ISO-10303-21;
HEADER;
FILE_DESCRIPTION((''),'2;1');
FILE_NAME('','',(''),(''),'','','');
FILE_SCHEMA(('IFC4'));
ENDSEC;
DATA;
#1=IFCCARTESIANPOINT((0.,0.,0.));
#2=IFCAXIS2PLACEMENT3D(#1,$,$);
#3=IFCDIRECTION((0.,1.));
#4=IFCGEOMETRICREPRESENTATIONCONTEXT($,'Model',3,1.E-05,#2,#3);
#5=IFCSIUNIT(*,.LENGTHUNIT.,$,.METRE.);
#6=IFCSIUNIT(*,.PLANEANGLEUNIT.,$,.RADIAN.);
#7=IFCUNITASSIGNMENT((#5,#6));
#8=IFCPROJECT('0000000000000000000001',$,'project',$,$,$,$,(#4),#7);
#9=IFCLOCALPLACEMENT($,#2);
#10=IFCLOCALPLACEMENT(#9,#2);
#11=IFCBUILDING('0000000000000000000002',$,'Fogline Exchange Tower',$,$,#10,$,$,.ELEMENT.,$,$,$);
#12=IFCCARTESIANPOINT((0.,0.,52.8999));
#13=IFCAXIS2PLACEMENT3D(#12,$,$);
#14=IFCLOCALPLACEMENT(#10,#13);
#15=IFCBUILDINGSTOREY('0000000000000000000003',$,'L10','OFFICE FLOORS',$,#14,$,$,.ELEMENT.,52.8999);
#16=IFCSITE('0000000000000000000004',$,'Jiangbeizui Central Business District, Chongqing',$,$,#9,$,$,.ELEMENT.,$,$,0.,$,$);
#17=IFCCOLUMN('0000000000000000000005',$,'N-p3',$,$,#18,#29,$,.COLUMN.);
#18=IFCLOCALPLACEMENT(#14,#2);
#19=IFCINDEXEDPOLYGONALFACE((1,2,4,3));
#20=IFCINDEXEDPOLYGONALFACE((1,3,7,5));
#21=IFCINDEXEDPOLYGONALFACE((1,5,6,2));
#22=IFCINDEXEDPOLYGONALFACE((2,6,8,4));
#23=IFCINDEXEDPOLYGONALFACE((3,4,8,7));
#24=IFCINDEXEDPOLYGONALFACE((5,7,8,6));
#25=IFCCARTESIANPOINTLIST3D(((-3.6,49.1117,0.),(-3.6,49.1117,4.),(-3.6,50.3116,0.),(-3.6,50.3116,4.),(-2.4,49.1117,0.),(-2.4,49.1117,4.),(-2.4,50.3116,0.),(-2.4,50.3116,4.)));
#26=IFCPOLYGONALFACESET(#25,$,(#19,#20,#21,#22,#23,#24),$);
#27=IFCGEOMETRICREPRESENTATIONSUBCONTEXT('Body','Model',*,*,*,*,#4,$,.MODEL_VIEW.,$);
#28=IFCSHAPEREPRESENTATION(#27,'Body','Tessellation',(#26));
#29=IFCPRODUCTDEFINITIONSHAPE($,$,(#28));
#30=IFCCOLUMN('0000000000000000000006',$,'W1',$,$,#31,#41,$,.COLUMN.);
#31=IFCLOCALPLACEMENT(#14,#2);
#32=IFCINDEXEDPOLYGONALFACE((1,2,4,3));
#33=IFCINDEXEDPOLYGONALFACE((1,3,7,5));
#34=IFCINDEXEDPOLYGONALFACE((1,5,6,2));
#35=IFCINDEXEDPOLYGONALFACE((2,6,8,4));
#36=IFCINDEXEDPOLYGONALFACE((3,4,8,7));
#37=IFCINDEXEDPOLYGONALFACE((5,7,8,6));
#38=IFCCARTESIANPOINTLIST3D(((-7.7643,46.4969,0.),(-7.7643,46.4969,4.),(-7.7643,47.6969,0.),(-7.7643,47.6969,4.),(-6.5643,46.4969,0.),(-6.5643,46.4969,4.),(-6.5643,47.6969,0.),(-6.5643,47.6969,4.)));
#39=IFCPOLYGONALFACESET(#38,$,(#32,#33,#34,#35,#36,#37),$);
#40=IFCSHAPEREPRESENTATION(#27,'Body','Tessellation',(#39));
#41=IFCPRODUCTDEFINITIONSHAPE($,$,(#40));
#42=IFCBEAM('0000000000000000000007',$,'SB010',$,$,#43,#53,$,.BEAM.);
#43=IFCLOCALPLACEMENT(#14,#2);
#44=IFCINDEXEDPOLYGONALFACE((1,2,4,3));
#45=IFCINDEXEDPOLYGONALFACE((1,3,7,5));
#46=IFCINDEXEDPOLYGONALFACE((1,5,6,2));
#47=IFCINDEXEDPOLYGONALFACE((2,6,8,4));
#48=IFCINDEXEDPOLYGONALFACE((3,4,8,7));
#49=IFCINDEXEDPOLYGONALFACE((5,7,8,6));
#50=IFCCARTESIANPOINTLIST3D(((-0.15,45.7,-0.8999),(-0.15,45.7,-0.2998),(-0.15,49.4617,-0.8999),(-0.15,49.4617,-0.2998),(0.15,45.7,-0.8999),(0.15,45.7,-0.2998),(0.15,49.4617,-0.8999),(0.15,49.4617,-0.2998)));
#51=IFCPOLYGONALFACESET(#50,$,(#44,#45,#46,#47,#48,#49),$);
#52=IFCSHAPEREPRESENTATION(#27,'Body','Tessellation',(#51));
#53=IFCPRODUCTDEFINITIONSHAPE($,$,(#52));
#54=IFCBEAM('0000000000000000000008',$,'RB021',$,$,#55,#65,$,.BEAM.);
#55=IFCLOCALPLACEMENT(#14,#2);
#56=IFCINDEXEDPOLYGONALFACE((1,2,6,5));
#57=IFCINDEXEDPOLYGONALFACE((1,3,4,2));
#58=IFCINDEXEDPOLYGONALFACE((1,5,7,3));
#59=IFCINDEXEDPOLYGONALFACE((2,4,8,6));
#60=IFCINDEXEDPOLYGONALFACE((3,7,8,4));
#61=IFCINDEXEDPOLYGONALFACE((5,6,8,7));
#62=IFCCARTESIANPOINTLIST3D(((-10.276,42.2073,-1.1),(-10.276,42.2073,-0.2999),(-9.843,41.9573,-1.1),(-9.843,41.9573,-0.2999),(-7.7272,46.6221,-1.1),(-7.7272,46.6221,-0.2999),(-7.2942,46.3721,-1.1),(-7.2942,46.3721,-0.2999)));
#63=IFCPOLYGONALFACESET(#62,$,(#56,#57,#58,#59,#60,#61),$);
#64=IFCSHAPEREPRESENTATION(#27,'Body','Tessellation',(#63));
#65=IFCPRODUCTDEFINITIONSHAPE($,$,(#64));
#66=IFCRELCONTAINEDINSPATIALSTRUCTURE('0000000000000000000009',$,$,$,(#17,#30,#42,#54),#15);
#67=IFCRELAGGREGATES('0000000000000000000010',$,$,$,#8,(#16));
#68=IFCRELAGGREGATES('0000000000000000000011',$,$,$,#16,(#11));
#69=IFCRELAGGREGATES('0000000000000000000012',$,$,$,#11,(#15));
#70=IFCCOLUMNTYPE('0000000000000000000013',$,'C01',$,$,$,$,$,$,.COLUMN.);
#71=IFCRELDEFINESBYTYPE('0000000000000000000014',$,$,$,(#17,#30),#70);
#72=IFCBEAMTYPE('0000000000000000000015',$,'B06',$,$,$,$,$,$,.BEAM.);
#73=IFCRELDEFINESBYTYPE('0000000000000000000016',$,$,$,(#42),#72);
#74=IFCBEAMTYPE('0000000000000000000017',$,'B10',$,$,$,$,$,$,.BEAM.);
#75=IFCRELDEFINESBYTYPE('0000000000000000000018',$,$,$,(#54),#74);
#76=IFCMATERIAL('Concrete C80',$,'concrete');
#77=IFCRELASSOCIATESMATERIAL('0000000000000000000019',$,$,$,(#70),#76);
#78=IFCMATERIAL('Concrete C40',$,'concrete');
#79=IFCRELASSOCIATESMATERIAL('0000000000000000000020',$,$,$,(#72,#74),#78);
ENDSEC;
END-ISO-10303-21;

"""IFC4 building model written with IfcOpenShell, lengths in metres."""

from ifc_helpers import new_model, si_unit, direction, frame, origin, origin_2d, place, context, subcontext, project, spatial, rectangle, extrude, material, material_profile, profile_set, type_object, element, save


model = new_model("IFC4")

# Units and contexts
model_context = context("Model", 3, precision=1e-05, world=origin(), true_north=direction((0.0, 1.0)))
body_context = subcontext(model_context, "Body", "Model", "MODEL_VIEW")
ifc_project = project(units=[si_unit("LENGTHUNIT", "METRE"), si_unit("PLANEANGLEUNIT", "RADIAN")], contexts=[model_context])

# Site, building, storey
site_placement = place(None, origin())
site = spatial("IfcSite", under=ifc_project, at=site_placement, Name="Jiangbeizui Central Business District, Chongqing", CompositionType="ELEMENT", RefElevation=0.0)
building_placement = place(site_placement, origin())
building = spatial("IfcBuilding", under=site, at=building_placement, Name="Fogline Exchange Tower", CompositionType="ELEMENT")
storey_placement = place(building_placement, frame((0.0, 0.0, 52.8999)))
storey = spatial("IfcBuildingStorey", under=building, at=storey_placement, Name="L10", Description="OFFICE FLOORS", CompositionType="ELEMENT", Elevation=52.8999)

# Columns
ifc_material_1 = material(Name="Concrete C80", Category="concrete")
ifc_material_profile_1 = material_profile(ifc_material_1, rectangle(XDim=1.2, YDim=1.2, at=origin_2d()), Name="RC 1200x1200")
ifc_profile_set_1 = profile_set([ifc_material_profile_1], Name="Concrete C80")
column_type = type_object("IfcColumnType", Name="C01", PredefinedType="COLUMN", material=ifc_profile_set_1)
for number, where, z_axis, x_axis, name in (
    (1, (-3.0, 49.7117, 0.0), (0.0, 0.0, 1.0), (1.0, 0.0, 0.0), "N-p3"),
    (2, (-7.1643, 47.0969, 0.0), (0.0, 0.0, 1.0), (1.0, 0.0, 0.0), "W1"),
):
    element("IfcColumn", number, at=place(storey_placement, frame(where, z_axis=z_axis, x_axis=x_axis)), inside=storey, type_object=column_type, Name=name, PredefinedType="COLUMN", context=body_context, shape_type="SweptSolid", body=[
        extrude(rectangle(XDim=1.2, YDim=1.2, at=origin_2d()), origin(), (0.0, 0.0, 1.0), 4.0),
    ])

# Beams
ifc_material_2 = material(Name="Concrete C40", Category="concrete")
ifc_material_profile_2 = material_profile(ifc_material_2, rectangle(XDim=0.3, YDim=0.6001, at=origin_2d()), Name="RC 300x600")
ifc_profile_set_2 = profile_set([ifc_material_profile_2], Name="Concrete C40")
beam_type_1 = type_object("IfcBeamType", Name="B06", PredefinedType="BEAM", material=ifc_profile_set_2)
beam_1_placement = place(storey_placement, frame((0.0, 45.7, -0.5999), z_axis=(0.0, 1.0, 0.0), x_axis=(-1.0, 0.0, 0.0)))
element("IfcBeam", 3, at=beam_1_placement, inside=storey, type_object=beam_type_1, Name="SB010", PredefinedType="BEAM", context=body_context, shape_type="SweptSolid", body=[
    extrude(rectangle(XDim=0.3, YDim=0.6001, at=origin_2d()), origin(), (0.0, 0.0, 1.0), 3.7617),
])
ifc_material_profile_3 = material_profile(ifc_material_2, rectangle(XDim=0.5, YDim=0.8, at=origin_2d()), Name="RC 500x800")
ifc_profile_set_3 = profile_set([ifc_material_profile_3], Name="Concrete C40")
beam_type_2 = type_object("IfcBeamType", Name="B10", PredefinedType="BEAM", material=ifc_profile_set_3)
beam_2_placement = place(storey_placement, frame((-7.5107, 46.4971, -0.7), z_axis=(-0.499992, -0.86603, 0.0), x_axis=(0.86603, -0.499992, 0.0)))
element("IfcBeam", 4, at=beam_2_placement, inside=storey, type_object=beam_type_2, Name="RB021", PredefinedType="BEAM", context=body_context, shape_type="SweptSolid", body=[
    extrude(rectangle(XDim=0.5, YDim=0.8, at=origin_2d()), origin(), (0.0, 0.0, 1.0), 5.0977),
])

save(model, "model.ifc")
